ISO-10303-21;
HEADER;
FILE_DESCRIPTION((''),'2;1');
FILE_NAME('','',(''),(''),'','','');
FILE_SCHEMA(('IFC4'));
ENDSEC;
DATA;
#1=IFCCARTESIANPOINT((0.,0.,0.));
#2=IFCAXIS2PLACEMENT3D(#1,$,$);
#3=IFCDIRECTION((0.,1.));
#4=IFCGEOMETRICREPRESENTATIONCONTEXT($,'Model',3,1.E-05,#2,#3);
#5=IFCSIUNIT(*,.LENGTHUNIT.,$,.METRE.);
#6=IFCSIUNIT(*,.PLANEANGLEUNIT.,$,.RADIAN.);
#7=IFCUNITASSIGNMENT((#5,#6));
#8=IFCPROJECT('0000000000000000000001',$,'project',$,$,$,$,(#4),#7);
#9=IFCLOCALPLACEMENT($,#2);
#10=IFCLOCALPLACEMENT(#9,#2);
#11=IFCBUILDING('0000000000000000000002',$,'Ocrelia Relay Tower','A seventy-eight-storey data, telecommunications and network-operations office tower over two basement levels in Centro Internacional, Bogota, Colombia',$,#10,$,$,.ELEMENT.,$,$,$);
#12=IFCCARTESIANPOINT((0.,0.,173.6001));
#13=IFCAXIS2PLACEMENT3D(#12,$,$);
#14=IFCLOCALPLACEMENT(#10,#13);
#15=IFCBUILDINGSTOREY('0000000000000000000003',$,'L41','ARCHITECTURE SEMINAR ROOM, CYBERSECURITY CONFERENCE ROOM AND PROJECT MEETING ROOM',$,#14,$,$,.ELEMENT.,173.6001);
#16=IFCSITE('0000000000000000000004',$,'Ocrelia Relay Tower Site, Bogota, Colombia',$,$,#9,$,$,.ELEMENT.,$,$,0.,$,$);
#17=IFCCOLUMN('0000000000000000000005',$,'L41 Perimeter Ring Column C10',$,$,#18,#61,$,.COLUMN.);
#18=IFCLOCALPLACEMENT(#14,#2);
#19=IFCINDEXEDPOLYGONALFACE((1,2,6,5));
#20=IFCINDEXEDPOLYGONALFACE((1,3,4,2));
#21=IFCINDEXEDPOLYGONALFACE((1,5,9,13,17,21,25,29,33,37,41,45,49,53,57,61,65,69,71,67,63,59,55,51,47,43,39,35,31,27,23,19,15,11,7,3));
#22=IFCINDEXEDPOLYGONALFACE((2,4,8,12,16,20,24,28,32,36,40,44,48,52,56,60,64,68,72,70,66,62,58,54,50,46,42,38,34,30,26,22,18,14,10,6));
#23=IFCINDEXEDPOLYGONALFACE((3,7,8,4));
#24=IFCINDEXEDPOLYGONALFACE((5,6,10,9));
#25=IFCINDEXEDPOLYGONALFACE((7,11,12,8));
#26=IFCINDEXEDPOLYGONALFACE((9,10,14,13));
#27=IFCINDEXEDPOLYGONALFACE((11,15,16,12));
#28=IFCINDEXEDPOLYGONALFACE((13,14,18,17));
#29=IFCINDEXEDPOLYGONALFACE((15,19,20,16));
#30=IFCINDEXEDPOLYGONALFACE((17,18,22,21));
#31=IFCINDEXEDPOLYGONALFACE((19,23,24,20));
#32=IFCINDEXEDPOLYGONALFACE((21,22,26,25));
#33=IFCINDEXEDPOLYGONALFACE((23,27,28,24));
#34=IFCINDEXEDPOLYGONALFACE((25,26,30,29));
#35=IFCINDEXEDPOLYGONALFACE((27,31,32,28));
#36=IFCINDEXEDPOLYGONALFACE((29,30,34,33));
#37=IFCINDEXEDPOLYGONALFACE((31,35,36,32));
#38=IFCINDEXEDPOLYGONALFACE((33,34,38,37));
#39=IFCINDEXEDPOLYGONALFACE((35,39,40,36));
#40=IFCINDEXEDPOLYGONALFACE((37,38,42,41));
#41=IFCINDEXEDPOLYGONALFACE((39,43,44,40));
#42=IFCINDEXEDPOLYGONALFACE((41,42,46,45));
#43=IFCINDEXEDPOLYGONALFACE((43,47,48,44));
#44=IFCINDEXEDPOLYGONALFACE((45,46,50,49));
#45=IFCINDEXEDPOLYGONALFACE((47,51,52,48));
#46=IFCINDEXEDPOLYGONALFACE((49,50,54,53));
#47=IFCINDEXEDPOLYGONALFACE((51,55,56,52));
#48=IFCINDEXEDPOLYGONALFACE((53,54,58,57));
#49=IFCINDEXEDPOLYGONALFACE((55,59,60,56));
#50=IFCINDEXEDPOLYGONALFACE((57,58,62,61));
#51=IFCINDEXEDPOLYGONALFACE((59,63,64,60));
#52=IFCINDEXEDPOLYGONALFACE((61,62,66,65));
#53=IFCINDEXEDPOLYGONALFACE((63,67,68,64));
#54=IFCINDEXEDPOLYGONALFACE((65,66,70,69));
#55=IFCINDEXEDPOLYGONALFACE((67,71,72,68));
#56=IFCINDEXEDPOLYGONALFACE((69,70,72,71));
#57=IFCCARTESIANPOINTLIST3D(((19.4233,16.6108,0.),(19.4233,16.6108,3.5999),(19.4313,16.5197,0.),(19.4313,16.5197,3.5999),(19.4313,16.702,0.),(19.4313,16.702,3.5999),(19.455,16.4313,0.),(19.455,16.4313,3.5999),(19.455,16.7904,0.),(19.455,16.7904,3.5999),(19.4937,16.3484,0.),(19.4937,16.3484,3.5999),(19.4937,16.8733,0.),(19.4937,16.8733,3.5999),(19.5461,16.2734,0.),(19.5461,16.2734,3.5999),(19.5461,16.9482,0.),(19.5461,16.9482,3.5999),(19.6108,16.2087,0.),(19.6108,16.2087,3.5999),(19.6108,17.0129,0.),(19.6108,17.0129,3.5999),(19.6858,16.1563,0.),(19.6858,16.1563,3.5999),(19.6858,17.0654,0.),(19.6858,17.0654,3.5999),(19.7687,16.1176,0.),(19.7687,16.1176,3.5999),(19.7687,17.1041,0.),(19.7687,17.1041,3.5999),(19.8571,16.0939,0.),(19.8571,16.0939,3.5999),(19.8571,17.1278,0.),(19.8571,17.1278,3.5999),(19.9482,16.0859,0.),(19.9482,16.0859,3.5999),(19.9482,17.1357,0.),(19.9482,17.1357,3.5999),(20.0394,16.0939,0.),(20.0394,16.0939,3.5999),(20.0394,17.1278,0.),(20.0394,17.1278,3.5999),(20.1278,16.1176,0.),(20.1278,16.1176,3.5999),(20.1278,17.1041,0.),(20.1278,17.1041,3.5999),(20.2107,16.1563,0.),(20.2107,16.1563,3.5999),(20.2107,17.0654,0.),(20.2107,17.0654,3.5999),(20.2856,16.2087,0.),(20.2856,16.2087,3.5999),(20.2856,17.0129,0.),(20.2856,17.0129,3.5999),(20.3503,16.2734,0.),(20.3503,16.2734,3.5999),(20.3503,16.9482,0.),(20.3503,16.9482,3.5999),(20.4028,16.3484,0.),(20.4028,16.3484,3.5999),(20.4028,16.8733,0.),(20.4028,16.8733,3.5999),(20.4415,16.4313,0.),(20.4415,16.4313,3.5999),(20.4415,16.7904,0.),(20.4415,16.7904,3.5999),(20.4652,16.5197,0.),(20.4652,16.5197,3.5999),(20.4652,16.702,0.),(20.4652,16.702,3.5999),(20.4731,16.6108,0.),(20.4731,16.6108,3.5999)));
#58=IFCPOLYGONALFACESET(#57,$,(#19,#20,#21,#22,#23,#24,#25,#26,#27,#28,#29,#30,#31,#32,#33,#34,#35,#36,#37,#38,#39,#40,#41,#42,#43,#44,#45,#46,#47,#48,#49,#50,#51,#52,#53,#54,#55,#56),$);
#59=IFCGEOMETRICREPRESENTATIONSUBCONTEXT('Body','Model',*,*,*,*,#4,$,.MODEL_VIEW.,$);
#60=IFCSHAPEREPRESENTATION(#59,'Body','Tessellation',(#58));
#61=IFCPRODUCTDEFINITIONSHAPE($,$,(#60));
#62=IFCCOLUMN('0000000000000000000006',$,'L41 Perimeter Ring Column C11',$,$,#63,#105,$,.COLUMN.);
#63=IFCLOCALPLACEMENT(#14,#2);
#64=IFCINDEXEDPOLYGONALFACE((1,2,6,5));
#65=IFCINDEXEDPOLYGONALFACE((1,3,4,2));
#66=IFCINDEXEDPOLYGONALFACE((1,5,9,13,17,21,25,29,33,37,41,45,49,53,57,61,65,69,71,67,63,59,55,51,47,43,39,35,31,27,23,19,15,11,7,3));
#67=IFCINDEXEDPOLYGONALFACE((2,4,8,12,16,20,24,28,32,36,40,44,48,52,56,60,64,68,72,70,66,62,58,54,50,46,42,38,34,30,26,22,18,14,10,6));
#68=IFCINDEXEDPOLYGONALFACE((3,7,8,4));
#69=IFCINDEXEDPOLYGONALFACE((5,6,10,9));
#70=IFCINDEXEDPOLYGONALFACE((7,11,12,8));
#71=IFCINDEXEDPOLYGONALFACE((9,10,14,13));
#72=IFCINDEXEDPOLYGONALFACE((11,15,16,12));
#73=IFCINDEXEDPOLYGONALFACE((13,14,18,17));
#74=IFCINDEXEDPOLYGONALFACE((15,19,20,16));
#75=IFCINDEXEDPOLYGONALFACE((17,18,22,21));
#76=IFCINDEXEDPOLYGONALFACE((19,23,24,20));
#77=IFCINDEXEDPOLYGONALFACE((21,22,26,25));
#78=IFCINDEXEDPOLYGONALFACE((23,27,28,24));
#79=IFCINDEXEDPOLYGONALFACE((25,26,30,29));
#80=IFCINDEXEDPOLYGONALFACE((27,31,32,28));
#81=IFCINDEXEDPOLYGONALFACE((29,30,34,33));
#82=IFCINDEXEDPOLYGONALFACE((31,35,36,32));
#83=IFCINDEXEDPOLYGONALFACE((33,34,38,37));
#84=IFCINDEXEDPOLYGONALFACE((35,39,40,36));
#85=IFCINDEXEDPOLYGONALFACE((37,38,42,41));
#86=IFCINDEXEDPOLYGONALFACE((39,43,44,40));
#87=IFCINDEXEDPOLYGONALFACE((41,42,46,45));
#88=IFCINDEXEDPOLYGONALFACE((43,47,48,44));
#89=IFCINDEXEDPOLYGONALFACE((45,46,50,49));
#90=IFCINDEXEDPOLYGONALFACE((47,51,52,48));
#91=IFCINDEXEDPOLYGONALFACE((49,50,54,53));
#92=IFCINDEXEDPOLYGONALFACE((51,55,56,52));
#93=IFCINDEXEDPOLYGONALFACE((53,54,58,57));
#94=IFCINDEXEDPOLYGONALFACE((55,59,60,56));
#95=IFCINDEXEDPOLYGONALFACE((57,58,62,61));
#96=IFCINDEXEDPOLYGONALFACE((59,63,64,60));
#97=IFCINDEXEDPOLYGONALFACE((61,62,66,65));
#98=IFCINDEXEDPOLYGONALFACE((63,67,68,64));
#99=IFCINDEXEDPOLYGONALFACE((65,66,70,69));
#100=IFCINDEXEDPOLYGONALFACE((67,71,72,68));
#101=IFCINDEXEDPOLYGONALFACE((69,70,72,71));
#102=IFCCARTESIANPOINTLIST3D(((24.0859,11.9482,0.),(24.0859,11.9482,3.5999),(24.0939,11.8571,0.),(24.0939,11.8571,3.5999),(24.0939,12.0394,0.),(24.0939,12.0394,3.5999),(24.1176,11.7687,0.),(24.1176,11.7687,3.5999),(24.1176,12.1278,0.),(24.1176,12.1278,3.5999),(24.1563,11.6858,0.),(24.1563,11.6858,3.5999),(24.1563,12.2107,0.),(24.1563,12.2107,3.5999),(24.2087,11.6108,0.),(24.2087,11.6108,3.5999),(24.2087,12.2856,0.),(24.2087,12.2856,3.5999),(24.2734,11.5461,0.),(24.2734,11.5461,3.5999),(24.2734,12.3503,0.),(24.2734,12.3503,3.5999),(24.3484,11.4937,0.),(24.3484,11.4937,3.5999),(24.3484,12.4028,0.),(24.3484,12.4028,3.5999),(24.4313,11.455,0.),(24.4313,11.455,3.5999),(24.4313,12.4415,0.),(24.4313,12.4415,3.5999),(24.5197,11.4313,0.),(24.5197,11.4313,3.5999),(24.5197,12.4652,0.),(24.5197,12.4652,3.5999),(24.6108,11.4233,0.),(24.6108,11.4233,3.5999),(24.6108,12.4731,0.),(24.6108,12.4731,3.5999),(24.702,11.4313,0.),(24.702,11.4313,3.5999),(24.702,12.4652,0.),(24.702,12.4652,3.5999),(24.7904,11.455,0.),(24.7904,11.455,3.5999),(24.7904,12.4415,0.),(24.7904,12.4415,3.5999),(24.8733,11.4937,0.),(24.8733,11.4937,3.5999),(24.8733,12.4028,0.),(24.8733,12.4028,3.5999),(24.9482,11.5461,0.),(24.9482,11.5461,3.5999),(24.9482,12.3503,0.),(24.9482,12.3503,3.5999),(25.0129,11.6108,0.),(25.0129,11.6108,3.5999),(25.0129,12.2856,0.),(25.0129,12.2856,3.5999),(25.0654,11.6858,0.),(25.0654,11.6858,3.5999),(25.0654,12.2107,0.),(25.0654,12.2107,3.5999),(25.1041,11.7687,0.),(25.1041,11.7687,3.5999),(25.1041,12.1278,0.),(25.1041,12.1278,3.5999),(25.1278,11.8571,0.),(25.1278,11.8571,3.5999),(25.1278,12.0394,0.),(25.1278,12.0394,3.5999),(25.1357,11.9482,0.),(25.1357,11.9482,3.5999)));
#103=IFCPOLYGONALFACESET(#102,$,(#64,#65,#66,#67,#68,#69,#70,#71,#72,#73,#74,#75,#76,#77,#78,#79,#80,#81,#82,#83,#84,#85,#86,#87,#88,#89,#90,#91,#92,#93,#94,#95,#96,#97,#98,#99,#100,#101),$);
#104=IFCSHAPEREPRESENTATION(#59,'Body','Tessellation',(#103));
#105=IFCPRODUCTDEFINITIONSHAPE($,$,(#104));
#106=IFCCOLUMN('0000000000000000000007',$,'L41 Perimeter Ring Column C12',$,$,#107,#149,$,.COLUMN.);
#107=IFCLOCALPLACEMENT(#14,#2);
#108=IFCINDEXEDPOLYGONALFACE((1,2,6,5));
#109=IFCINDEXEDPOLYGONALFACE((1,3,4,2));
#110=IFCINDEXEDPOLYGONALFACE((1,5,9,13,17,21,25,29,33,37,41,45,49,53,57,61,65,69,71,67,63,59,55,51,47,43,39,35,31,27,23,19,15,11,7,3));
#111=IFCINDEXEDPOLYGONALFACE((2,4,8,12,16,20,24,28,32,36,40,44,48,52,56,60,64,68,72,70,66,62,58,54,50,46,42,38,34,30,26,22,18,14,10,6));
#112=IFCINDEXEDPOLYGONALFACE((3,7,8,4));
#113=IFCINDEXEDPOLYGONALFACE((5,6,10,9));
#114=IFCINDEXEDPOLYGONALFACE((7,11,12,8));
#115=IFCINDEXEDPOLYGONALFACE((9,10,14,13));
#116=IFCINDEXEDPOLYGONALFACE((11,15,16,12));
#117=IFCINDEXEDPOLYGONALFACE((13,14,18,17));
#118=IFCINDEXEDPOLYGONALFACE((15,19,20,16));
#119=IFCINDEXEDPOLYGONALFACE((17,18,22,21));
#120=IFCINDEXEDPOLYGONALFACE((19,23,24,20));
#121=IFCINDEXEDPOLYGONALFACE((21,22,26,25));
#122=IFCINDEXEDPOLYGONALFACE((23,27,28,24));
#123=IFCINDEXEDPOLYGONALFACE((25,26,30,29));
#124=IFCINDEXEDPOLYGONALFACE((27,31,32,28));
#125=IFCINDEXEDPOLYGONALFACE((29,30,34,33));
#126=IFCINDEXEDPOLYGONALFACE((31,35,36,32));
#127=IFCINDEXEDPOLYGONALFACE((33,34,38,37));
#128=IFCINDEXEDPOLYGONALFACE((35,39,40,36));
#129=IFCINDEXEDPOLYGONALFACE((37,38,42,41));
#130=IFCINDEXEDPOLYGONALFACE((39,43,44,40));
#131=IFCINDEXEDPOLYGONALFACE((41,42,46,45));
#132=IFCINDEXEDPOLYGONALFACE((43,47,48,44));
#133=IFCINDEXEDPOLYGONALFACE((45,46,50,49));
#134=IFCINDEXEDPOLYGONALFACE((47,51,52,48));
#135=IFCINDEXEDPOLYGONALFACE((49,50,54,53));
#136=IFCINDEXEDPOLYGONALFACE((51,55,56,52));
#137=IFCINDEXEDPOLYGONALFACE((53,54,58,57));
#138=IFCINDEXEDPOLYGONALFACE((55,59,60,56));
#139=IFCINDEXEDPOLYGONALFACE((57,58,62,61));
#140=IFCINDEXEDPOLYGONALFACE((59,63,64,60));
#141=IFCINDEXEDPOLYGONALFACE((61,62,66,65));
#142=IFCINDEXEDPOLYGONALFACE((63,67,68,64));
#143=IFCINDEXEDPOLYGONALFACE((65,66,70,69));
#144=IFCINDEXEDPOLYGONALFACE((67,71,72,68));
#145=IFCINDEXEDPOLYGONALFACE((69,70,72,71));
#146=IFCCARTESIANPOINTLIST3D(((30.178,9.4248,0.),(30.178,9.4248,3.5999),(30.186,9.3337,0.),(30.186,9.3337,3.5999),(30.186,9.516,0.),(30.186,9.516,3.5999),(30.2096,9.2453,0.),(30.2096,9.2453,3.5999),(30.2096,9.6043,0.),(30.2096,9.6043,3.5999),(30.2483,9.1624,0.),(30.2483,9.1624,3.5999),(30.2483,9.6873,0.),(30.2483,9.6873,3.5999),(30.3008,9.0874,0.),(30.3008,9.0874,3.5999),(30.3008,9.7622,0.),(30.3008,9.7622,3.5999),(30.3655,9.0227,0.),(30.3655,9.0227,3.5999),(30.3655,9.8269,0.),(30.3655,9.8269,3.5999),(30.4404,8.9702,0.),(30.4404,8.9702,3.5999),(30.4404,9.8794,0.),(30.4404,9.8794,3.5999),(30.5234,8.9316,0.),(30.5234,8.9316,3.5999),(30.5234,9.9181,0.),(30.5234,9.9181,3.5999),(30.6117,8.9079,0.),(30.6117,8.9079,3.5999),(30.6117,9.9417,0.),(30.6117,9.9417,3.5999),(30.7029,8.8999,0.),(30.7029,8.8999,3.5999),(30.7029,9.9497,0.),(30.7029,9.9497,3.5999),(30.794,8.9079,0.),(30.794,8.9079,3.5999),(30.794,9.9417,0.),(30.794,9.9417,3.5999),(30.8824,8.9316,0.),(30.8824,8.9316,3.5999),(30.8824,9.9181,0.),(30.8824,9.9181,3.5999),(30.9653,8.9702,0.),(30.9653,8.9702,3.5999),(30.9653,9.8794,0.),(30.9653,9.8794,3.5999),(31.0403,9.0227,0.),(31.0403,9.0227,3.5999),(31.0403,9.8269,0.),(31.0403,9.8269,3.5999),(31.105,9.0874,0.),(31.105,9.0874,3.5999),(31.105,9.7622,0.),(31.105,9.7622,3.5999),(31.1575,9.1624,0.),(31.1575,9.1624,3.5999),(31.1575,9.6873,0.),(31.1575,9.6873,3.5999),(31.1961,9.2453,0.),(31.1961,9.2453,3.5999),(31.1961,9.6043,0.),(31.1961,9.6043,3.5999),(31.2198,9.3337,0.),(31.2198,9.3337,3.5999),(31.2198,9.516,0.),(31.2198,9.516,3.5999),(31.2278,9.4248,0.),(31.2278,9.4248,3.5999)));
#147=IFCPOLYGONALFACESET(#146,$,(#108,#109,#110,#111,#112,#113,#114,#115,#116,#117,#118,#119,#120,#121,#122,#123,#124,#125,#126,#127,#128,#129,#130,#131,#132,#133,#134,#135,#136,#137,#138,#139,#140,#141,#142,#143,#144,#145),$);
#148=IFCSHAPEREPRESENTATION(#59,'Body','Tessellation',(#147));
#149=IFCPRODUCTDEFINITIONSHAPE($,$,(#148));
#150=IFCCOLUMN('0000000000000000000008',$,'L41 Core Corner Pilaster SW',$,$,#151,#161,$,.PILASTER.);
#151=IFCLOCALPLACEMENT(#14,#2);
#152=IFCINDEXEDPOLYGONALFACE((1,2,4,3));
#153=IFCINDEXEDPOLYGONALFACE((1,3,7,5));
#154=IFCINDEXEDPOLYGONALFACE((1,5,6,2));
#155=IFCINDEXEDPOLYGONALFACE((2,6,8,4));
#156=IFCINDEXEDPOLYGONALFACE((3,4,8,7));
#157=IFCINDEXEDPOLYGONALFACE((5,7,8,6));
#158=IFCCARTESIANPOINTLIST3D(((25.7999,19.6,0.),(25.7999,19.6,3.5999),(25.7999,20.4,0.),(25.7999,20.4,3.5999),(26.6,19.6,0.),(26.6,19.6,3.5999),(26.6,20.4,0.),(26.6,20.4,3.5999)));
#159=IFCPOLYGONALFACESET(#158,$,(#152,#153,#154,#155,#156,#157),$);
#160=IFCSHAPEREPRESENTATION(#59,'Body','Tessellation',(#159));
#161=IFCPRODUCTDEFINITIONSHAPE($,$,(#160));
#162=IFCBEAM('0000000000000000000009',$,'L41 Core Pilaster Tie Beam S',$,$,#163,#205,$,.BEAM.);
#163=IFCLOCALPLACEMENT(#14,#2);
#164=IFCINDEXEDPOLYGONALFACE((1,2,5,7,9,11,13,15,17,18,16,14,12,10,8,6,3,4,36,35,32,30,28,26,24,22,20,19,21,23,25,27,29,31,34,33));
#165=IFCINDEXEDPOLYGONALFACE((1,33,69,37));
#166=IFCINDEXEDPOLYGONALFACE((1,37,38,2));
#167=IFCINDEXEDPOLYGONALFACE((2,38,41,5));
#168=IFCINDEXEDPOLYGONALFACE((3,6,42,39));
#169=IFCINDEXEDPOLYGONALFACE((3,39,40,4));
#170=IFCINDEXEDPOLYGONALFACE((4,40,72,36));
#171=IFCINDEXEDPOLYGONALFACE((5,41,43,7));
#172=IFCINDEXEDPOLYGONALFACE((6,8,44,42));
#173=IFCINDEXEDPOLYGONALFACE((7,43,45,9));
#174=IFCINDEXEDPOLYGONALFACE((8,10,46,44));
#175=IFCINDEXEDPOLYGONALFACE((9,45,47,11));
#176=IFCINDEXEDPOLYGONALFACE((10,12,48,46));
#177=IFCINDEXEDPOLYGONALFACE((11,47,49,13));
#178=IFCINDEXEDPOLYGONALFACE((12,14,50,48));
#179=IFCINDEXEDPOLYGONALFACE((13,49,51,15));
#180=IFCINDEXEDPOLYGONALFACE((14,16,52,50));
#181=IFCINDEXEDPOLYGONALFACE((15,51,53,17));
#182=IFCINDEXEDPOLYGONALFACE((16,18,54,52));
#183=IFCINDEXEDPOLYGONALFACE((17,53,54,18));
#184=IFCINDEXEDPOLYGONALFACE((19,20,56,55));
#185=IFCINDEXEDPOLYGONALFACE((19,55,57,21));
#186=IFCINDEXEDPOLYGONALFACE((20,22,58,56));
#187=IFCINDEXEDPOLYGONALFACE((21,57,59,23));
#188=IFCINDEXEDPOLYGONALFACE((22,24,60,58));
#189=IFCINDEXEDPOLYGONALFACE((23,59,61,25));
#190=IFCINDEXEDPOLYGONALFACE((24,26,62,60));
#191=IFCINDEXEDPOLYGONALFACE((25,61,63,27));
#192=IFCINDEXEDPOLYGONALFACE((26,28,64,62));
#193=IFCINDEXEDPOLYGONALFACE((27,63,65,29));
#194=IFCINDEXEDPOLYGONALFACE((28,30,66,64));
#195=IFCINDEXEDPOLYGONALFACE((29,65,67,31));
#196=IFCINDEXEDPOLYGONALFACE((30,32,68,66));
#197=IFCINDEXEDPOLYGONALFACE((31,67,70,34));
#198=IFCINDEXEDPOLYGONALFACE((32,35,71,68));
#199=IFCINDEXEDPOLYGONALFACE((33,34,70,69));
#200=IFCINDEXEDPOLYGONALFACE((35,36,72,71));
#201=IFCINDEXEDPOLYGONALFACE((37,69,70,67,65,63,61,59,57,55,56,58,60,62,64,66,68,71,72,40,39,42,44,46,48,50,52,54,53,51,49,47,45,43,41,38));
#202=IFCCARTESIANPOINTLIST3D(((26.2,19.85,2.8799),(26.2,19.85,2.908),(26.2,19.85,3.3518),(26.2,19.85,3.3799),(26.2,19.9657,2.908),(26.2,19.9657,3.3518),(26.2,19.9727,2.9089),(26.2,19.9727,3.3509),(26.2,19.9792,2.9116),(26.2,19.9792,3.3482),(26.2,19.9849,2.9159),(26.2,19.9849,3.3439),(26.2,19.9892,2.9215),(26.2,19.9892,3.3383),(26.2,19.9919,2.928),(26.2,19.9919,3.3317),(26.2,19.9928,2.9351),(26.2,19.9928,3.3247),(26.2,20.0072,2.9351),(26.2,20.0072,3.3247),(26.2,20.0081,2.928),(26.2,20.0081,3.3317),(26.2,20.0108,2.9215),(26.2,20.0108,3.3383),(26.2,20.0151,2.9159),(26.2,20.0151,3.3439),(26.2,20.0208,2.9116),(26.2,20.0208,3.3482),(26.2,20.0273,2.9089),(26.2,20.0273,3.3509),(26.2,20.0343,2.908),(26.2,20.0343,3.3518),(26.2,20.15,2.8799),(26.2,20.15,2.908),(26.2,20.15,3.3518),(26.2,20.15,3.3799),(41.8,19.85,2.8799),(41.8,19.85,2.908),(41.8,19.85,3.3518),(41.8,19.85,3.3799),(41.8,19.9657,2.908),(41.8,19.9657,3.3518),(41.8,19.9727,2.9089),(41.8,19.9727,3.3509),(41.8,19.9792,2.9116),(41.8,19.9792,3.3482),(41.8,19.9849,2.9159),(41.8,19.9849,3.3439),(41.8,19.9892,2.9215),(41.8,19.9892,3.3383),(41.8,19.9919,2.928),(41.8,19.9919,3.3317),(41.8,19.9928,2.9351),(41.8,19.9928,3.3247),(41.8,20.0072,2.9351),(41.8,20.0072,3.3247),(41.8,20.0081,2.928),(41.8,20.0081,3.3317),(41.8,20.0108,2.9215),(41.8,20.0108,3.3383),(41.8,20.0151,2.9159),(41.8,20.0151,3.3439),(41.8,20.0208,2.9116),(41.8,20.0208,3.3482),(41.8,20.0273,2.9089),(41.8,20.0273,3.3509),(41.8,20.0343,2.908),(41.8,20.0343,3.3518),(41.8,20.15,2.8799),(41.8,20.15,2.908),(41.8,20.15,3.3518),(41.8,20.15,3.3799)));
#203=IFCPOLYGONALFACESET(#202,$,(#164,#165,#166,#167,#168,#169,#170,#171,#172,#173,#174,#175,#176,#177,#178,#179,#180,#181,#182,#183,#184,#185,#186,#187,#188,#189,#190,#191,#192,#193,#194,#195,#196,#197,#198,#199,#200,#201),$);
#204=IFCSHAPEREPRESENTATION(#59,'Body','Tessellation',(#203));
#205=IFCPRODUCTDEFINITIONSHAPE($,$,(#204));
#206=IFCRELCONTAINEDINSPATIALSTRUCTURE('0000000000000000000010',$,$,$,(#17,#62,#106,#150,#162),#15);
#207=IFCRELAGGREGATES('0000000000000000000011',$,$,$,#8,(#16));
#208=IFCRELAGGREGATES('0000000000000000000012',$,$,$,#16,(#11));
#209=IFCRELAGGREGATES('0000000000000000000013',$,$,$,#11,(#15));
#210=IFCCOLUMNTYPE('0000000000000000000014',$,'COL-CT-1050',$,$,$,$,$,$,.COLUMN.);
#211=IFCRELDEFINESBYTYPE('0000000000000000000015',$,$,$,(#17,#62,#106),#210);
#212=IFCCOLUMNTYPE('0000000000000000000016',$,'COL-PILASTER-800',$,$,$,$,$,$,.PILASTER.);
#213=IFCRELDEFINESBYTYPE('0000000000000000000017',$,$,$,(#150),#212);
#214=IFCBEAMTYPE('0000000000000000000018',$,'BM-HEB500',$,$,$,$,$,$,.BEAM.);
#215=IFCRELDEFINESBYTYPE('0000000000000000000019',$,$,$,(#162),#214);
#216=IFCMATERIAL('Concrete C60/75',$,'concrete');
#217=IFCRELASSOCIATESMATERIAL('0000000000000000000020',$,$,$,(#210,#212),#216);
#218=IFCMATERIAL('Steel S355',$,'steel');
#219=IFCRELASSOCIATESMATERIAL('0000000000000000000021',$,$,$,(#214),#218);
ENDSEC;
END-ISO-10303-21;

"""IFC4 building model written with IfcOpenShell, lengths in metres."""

from ifc_helpers import new_model, si_unit, direction, frame, origin, origin_2d, place, context, subcontext, project, spatial, rectangle, circle, i_section, extrude, material, material_profile, profile_set, type_object, element, save


model = new_model("IFC4")

# Units and contexts
model_context = context("Model", 3, precision=1e-05, world=origin(), true_north=direction((0.0, 1.0)))
body_context = subcontext(model_context, "Body", "Model", "MODEL_VIEW")
ifc_project = project(units=[si_unit("LENGTHUNIT", "METRE"), si_unit("PLANEANGLEUNIT", "RADIAN")], contexts=[model_context])

# Site, building, storey
site_placement = place(None, origin())
site = spatial("IfcSite", under=ifc_project, at=site_placement, Name="Ocrelia Relay Tower Site, Bogota, Colombia", CompositionType="ELEMENT", RefElevation=0.0)
building_placement = place(site_placement, origin())
building = spatial("IfcBuilding", under=site, at=building_placement, Name="Ocrelia Relay Tower", Description="A seventy-eight-storey data, telecommunications and network-operations office tower over two basement levels in Centro Internacional, Bogota, Colombia", CompositionType="ELEMENT")
storey_placement = place(building_placement, frame((0.0, 0.0, 173.6001)))
storey = spatial("IfcBuildingStorey", under=building, at=storey_placement, Name="L41", Description="ARCHITECTURE SEMINAR ROOM, CYBERSECURITY CONFERENCE ROOM AND PROJECT MEETING ROOM", CompositionType="ELEMENT", Elevation=173.6001)

# Columns
ifc_material_1 = material(Name="Concrete C60/75", Category="concrete")
ifc_material_profile_1 = material_profile(ifc_material_1, circle(Radius=0.5249, at=origin_2d()), Name="RC-CIR-1050")
ifc_profile_set_1 = profile_set([ifc_material_profile_1], Name="Concrete C60/75")
column_type_1 = type_object("IfcColumnType", Name="COL-CT-1050", PredefinedType="COLUMN", material=ifc_profile_set_1)
for number, where, z_axis, x_axis, name in (
    (1, (19.9482, 16.6108, 0.0), (0.0, 0.0, 1.0), (1.0, 0.0, 0.0), "L41 Perimeter Ring Column C10"),
    (2, (24.6108, 11.9482, 0.0), (0.0, 0.0, 1.0), (1.0, 0.0, 0.0), "L41 Perimeter Ring Column C11"),
    (3, (30.7029, 9.4248, 0.0), (0.0, 0.0, 1.0), (1.0, 0.0, 0.0), "L41 Perimeter Ring Column C12"),
):
    element("IfcColumn", number, at=place(storey_placement, frame(where, z_axis=z_axis, x_axis=x_axis)), inside=storey, type_object=column_type_1, Name=name, PredefinedType="COLUMN", context=body_context, shape_type="SweptSolid", body=[
        extrude(circle(Radius=0.5249, at=origin_2d()), origin(), (0.0, 0.0, 1.0), 3.5999),
    ])
ifc_material_profile_2 = material_profile(ifc_material_1, rectangle(XDim=0.8, YDim=0.8, at=origin_2d()), Name="RC-COL-800x800")
ifc_profile_set_2 = profile_set([ifc_material_profile_2], Name="Concrete C60/75")
column_type_2 = type_object("IfcColumnType", Name="COL-PILASTER-800", PredefinedType="PILASTER", material=ifc_profile_set_2)
column_placement = place(storey_placement, frame((26.2, 20.0, 0.0), z_axis=(0.0, 0.0, 1.0), x_axis=(1.0, 0.0, 0.0)))
element("IfcColumn", 4, at=column_placement, inside=storey, type_object=column_type_2, Name="L41 Core Corner Pilaster SW", PredefinedType="PILASTER", context=body_context, shape_type="SweptSolid", body=[
    extrude(rectangle(XDim=0.8, YDim=0.8, at=origin_2d()), origin(), (0.0, 0.0, 1.0), 3.5999),
])

# Beam
ifc_material_2 = material(Name="Steel S355", Category="steel")
ifc_material_profile_3 = material_profile(ifc_material_2, i_section(OverallWidth=0.3, OverallDepth=0.5, WebThickness=0.0144, FlangeThickness=0.0281, FilletRadius=0.0271, at=origin_2d()), Name="HEB 500")
ifc_profile_set_3 = profile_set([ifc_material_profile_3], Name="Steel S355")
beam_type_1 = type_object("IfcBeamType", Name="BM-HEB500", PredefinedType="BEAM", material=ifc_profile_set_3)
beam_1_placement = place(storey_placement, frame((26.2, 20.0, 3.1299), z_axis=(1.0, 0.0, 0.0), x_axis=(0.0, 1.0, 0.0)))
element("IfcBeam", 5, at=beam_1_placement, inside=storey, type_object=beam_type_1, Name="L41 Core Pilaster Tie Beam S", PredefinedType="BEAM", context=body_context, shape_type="SweptSolid", body=[
    extrude(i_section(OverallWidth=0.3, OverallDepth=0.5, WebThickness=0.0144, FlangeThickness=0.0281, FilletRadius=0.0271, at=origin_2d()), origin(), (0.0, 0.0, 1.0), 15.6001),
])

save(model, "model.ifc")
